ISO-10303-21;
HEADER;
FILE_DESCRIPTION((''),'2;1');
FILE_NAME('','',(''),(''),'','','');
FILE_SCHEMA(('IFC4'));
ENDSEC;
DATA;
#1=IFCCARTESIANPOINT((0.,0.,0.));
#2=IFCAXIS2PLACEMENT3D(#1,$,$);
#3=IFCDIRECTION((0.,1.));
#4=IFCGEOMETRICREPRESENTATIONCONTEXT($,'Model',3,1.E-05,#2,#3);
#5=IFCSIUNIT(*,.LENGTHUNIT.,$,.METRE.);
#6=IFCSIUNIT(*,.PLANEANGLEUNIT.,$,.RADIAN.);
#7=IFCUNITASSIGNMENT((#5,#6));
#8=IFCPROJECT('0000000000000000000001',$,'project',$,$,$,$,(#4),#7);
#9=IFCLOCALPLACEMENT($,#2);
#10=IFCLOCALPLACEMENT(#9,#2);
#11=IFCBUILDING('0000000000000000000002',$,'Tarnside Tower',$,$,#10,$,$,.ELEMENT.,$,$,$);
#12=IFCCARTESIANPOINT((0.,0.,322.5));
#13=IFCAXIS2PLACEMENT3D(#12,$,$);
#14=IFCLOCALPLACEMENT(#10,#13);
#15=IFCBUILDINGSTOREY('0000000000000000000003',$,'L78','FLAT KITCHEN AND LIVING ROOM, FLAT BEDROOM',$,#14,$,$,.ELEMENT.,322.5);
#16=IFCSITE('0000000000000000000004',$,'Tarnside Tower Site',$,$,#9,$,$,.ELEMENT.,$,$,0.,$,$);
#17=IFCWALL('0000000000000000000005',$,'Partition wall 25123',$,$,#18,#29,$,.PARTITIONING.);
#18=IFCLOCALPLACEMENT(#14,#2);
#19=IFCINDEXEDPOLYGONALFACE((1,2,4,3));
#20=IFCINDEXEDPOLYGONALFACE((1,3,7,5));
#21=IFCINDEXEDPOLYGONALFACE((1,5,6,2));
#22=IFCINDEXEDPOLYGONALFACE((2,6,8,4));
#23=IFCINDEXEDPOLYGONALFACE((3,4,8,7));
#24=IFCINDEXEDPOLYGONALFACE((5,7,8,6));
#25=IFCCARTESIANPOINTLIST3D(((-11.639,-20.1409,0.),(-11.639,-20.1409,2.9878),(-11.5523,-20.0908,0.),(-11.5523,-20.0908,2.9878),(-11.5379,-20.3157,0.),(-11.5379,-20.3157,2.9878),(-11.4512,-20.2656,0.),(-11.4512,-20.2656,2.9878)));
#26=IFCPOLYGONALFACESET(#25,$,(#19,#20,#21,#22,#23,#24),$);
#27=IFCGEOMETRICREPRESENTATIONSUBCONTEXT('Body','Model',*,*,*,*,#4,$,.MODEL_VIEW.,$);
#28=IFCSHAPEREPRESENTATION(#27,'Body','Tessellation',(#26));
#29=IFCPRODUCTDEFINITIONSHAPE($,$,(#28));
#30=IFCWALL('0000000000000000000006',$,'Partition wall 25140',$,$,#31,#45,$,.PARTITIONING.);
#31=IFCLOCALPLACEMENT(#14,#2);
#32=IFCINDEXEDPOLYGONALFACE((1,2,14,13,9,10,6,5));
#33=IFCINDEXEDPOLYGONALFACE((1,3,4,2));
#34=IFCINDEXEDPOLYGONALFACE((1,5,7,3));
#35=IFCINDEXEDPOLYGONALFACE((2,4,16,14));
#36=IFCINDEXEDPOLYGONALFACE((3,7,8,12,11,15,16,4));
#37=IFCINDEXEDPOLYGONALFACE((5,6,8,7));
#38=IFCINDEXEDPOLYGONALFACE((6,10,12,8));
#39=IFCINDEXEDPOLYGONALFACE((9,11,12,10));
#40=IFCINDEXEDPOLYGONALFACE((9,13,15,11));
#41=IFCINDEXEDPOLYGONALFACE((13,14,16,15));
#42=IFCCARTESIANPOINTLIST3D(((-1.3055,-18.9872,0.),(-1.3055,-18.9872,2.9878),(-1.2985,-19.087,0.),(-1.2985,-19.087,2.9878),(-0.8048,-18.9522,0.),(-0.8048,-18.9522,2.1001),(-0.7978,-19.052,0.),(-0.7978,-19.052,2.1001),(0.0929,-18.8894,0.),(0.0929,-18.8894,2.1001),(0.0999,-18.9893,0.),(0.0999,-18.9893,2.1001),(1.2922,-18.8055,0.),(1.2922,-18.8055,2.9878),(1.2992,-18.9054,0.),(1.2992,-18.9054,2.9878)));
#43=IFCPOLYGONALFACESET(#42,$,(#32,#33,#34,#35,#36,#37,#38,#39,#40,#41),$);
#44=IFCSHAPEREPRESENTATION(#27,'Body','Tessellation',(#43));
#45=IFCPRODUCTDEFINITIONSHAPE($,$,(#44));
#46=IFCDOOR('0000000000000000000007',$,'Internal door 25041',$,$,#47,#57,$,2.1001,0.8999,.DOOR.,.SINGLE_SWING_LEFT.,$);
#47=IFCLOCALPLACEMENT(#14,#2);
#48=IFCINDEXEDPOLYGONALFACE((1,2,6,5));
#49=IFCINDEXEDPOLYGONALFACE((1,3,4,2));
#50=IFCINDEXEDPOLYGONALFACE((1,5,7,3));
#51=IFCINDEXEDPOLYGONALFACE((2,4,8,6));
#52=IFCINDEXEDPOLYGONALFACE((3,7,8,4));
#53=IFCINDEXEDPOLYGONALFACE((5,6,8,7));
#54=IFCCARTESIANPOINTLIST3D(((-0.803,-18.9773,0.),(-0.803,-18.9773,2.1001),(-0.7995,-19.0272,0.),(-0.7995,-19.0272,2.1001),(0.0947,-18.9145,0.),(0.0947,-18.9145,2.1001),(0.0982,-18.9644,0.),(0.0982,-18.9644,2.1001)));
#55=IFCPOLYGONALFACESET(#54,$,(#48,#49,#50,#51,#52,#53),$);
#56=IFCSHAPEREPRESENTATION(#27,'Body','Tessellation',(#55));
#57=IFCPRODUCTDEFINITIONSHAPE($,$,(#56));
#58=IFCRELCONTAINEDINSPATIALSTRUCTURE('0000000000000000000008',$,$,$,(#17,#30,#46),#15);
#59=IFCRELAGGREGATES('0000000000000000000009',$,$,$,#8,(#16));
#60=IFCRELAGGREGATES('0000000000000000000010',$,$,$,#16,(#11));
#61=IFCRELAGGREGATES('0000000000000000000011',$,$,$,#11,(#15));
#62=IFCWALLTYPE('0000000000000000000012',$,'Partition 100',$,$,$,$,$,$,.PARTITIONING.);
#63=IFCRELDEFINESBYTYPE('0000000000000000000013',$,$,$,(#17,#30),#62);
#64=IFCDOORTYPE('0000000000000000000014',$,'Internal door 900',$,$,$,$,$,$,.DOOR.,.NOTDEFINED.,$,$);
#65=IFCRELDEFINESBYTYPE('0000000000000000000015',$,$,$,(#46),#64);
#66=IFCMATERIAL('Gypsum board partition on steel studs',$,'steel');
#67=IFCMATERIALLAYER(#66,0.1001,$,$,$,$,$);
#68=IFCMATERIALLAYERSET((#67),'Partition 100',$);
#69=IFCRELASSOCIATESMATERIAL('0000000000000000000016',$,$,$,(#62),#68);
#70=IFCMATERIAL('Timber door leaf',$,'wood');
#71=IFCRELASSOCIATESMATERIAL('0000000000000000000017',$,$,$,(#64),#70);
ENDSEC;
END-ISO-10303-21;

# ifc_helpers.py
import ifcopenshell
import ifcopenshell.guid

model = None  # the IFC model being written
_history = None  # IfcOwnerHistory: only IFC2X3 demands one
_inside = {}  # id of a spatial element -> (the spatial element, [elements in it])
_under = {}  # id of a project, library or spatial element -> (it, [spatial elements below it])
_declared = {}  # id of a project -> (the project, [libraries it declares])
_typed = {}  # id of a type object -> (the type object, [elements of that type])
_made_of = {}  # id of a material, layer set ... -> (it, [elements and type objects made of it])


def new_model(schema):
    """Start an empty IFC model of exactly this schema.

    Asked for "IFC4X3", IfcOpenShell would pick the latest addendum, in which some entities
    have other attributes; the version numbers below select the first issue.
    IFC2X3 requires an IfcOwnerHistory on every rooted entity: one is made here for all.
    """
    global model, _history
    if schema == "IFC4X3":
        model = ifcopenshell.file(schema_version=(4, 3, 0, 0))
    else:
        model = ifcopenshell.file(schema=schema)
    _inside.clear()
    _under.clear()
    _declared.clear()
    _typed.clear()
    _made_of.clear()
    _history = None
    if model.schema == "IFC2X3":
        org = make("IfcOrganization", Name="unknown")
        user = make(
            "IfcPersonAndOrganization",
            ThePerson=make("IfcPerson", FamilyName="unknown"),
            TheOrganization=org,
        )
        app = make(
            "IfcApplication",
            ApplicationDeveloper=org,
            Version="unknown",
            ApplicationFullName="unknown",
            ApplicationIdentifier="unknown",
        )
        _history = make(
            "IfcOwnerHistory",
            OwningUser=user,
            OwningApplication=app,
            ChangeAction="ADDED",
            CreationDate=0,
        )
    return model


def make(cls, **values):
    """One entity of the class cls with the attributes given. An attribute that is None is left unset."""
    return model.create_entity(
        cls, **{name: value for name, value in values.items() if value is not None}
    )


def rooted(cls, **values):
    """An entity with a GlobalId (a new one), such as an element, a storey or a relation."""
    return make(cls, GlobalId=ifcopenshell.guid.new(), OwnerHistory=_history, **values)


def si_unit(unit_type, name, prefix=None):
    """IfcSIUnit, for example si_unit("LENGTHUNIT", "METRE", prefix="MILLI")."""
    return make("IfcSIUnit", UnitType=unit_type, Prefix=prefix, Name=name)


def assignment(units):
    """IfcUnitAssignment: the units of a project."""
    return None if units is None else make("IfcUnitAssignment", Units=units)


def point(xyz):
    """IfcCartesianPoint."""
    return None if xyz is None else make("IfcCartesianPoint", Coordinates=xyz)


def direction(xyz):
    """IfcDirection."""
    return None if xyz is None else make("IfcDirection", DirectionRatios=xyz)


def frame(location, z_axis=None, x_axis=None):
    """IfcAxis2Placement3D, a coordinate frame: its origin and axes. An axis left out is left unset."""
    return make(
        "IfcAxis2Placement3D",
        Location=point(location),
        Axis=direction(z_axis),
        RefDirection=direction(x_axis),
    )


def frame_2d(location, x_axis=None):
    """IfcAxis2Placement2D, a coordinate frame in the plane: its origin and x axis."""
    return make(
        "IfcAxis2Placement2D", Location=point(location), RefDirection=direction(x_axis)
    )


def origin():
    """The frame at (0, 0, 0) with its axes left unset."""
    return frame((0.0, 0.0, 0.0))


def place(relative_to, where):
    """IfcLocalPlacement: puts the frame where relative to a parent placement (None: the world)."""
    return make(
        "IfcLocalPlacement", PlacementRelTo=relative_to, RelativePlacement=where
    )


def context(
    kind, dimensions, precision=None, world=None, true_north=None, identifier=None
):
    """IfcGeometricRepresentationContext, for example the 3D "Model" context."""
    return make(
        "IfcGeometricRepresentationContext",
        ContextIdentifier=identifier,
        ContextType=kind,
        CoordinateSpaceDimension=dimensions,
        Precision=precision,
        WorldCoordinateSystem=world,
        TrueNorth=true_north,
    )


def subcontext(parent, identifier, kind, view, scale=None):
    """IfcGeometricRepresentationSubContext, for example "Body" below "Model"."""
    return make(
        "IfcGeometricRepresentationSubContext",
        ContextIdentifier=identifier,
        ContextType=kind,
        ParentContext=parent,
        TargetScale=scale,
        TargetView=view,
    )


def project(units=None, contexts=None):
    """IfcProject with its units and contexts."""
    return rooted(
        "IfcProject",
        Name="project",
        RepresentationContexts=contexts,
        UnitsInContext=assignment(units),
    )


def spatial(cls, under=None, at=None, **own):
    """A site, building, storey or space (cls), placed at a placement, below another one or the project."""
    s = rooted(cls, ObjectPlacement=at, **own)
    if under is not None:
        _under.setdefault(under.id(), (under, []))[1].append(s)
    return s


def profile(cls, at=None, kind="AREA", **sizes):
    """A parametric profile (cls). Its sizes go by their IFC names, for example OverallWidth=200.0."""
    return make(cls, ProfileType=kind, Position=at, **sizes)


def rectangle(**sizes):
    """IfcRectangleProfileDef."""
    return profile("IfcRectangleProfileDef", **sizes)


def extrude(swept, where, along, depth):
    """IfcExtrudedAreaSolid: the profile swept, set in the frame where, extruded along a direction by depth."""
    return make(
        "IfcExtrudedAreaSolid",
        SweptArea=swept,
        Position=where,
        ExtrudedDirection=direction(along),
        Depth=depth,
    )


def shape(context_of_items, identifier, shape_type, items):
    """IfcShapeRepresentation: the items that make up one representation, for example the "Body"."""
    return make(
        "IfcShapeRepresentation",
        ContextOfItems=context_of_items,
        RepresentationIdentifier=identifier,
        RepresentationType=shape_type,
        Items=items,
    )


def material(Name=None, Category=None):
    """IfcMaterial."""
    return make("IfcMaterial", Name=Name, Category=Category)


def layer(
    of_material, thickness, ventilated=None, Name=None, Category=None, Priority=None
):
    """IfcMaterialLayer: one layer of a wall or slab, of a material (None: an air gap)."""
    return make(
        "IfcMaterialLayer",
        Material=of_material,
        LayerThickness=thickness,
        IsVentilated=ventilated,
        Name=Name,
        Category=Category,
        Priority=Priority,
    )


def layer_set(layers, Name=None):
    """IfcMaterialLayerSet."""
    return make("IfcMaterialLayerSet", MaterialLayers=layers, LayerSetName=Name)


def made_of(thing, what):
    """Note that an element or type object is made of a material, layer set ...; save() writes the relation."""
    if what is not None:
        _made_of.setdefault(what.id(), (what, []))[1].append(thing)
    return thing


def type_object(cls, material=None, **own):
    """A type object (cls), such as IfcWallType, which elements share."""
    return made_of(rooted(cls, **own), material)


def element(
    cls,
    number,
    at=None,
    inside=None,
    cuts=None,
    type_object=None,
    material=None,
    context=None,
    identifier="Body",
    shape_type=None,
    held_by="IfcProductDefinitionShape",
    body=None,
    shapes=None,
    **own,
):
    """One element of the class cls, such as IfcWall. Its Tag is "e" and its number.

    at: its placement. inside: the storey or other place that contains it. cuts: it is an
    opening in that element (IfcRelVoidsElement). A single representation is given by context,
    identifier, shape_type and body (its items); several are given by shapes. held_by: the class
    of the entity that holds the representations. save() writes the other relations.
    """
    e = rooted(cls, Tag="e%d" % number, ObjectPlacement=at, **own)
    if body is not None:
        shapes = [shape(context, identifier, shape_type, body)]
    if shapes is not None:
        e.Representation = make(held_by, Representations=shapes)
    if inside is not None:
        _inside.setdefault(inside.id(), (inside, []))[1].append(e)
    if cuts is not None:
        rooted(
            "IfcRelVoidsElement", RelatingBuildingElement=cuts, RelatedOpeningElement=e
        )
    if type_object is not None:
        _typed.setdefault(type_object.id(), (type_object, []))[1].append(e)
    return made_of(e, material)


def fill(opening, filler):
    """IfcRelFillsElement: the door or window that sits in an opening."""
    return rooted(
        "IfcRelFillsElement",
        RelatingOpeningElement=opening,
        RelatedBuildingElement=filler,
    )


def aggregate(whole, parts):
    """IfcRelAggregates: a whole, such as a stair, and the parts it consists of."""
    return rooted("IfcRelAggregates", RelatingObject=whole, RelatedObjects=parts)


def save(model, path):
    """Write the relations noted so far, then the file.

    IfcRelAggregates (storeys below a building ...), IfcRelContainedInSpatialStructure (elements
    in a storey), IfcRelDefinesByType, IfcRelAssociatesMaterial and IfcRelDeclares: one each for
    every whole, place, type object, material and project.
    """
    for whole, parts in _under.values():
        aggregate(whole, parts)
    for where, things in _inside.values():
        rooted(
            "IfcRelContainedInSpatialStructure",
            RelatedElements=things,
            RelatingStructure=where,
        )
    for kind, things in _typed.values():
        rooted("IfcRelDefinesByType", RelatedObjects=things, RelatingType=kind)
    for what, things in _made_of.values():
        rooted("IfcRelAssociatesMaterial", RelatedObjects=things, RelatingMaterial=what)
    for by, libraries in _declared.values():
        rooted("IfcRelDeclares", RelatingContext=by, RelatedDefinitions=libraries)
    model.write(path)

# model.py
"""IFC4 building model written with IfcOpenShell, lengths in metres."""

from ifc_helpers import new_model, si_unit, direction, frame, frame_2d, origin, place, context, subcontext, project, spatial, rectangle, extrude, material, layer, layer_set, type_object, element, fill, save


model = new_model("IFC4")

# Units and contexts
model_context = context("Model", 3, precision=1e-05, world=origin(), true_north=direction((0.0, 1.0)))
body_context = subcontext(model_context, "Body", "Model", "MODEL_VIEW")
ifc_project = project(units=[si_unit("LENGTHUNIT", "METRE"), si_unit("PLANEANGLEUNIT", "RADIAN")], contexts=[model_context])

# Site, building, storey
site_placement = place(None, origin())
site = spatial("IfcSite", under=ifc_project, at=site_placement, Name="Tarnside Tower Site", CompositionType="ELEMENT", RefElevation=0.0)
building_placement = place(site_placement, origin())
building = spatial("IfcBuilding", under=site, at=building_placement, Name="Tarnside Tower", CompositionType="ELEMENT")
storey_placement = place(building_placement, frame((0.0, 0.0, 322.5)))
storey = spatial("IfcBuildingStorey", under=building, at=storey_placement, Name="L78", Description="FLAT KITCHEN AND LIVING ROOM, FLAT BEDROOM", CompositionType="ELEMENT", Elevation=322.5)

# Shared definitions
ifc_material_1 = material(Name="Gypsum board partition on steel studs", Category="steel")

# Shared definitions
ifc_material_2 = material(Name="Timber door leaf", Category="wood")

# Wall
ifc_layer_1 = layer(ifc_material_1, 0.1001)
ifc_layer_set_1 = layer_set([ifc_layer_1], Name="Partition 100")
wall_type_1 = type_object("IfcWallType", Name="Partition 100", PredefinedType="PARTITIONING", material=ifc_layer_set_1)
wall_1_placement = place(storey_placement, frame((-11.5957, -20.1157, 0.0), z_axis=(0.0, 0.0, 1.0), x_axis=(0.50056, -0.865702, 0.0)))
element("IfcWall", 1, at=wall_1_placement, inside=storey, type_object=wall_type_1, Name="Partition wall 25123", PredefinedType="PARTITIONING", context=body_context, shape_type="SweptSolid", body=[
    extrude(rectangle(XDim=0.2019, YDim=0.1001, at=frame_2d((0.1011, 0.0))), origin(), (0.0, 0.0, 1.0), 2.9878),
])

# Wall, opening, door
wall_2_placement = place(storey_placement, frame((-1.302, -19.0371, 0.0), z_axis=(0.0, 0.0, 1.0), x_axis=(0.997564, 0.069754, 0.0)))
wall_2 = element("IfcWall", 2, at=wall_2_placement, inside=storey, type_object=wall_type_1, Name="Partition wall 25140", PredefinedType="PARTITIONING", context=body_context, shape_type="SweptSolid", body=[
    extrude(rectangle(XDim=2.604, YDim=0.1001, at=frame_2d((1.302, 0.0))), origin(), (0.0, 0.0, 1.0), 2.9878),
])
opening_1_placement = place(wall_2_placement, frame((0.502, 0.0, 0.0)))
opening_1 = element("IfcOpeningElement", 3, at=opening_1_placement, cuts=wall_2, PredefinedType="OPENING", context=body_context, shape_type="SweptSolid", body=[
    extrude(rectangle(XDim=0.8999, YDim=2.1001, at=frame_2d((0.45, 1.05))), frame((0.0, 0.0601, 0.0), z_axis=(0.0, -1.0, 0.0), x_axis=(1.0, 0.0, 0.0)), (0.0, 0.0, 1.0), 0.1201),
])
door_type_1 = type_object("IfcDoorType", Name="Internal door 900", OperationType="NOTDEFINED", PredefinedType="DOOR", material=ifc_material_2)
door_1_placement = place(opening_1_placement, origin())
door_1 = element("IfcDoor", 4, at=door_1_placement, inside=storey, type_object=door_type_1, Name="Internal door 25041", OperationType="SINGLE_SWING_LEFT", OverallHeight=2.1001, OverallWidth=0.8999, PredefinedType="DOOR", context=body_context, shape_type="SweptSolid", body=[
    extrude(rectangle(XDim=0.8999, YDim=2.1001, at=frame_2d((0.45, 1.05))), frame((0.0, 0.0249, 0.0), z_axis=(0.0, -1.0, 0.0), x_axis=(1.0, 0.0, 0.0)), (0.0, 0.0, 1.0), 0.05),
])
fill(opening_1, door_1)

save(model, "model.ifc")
